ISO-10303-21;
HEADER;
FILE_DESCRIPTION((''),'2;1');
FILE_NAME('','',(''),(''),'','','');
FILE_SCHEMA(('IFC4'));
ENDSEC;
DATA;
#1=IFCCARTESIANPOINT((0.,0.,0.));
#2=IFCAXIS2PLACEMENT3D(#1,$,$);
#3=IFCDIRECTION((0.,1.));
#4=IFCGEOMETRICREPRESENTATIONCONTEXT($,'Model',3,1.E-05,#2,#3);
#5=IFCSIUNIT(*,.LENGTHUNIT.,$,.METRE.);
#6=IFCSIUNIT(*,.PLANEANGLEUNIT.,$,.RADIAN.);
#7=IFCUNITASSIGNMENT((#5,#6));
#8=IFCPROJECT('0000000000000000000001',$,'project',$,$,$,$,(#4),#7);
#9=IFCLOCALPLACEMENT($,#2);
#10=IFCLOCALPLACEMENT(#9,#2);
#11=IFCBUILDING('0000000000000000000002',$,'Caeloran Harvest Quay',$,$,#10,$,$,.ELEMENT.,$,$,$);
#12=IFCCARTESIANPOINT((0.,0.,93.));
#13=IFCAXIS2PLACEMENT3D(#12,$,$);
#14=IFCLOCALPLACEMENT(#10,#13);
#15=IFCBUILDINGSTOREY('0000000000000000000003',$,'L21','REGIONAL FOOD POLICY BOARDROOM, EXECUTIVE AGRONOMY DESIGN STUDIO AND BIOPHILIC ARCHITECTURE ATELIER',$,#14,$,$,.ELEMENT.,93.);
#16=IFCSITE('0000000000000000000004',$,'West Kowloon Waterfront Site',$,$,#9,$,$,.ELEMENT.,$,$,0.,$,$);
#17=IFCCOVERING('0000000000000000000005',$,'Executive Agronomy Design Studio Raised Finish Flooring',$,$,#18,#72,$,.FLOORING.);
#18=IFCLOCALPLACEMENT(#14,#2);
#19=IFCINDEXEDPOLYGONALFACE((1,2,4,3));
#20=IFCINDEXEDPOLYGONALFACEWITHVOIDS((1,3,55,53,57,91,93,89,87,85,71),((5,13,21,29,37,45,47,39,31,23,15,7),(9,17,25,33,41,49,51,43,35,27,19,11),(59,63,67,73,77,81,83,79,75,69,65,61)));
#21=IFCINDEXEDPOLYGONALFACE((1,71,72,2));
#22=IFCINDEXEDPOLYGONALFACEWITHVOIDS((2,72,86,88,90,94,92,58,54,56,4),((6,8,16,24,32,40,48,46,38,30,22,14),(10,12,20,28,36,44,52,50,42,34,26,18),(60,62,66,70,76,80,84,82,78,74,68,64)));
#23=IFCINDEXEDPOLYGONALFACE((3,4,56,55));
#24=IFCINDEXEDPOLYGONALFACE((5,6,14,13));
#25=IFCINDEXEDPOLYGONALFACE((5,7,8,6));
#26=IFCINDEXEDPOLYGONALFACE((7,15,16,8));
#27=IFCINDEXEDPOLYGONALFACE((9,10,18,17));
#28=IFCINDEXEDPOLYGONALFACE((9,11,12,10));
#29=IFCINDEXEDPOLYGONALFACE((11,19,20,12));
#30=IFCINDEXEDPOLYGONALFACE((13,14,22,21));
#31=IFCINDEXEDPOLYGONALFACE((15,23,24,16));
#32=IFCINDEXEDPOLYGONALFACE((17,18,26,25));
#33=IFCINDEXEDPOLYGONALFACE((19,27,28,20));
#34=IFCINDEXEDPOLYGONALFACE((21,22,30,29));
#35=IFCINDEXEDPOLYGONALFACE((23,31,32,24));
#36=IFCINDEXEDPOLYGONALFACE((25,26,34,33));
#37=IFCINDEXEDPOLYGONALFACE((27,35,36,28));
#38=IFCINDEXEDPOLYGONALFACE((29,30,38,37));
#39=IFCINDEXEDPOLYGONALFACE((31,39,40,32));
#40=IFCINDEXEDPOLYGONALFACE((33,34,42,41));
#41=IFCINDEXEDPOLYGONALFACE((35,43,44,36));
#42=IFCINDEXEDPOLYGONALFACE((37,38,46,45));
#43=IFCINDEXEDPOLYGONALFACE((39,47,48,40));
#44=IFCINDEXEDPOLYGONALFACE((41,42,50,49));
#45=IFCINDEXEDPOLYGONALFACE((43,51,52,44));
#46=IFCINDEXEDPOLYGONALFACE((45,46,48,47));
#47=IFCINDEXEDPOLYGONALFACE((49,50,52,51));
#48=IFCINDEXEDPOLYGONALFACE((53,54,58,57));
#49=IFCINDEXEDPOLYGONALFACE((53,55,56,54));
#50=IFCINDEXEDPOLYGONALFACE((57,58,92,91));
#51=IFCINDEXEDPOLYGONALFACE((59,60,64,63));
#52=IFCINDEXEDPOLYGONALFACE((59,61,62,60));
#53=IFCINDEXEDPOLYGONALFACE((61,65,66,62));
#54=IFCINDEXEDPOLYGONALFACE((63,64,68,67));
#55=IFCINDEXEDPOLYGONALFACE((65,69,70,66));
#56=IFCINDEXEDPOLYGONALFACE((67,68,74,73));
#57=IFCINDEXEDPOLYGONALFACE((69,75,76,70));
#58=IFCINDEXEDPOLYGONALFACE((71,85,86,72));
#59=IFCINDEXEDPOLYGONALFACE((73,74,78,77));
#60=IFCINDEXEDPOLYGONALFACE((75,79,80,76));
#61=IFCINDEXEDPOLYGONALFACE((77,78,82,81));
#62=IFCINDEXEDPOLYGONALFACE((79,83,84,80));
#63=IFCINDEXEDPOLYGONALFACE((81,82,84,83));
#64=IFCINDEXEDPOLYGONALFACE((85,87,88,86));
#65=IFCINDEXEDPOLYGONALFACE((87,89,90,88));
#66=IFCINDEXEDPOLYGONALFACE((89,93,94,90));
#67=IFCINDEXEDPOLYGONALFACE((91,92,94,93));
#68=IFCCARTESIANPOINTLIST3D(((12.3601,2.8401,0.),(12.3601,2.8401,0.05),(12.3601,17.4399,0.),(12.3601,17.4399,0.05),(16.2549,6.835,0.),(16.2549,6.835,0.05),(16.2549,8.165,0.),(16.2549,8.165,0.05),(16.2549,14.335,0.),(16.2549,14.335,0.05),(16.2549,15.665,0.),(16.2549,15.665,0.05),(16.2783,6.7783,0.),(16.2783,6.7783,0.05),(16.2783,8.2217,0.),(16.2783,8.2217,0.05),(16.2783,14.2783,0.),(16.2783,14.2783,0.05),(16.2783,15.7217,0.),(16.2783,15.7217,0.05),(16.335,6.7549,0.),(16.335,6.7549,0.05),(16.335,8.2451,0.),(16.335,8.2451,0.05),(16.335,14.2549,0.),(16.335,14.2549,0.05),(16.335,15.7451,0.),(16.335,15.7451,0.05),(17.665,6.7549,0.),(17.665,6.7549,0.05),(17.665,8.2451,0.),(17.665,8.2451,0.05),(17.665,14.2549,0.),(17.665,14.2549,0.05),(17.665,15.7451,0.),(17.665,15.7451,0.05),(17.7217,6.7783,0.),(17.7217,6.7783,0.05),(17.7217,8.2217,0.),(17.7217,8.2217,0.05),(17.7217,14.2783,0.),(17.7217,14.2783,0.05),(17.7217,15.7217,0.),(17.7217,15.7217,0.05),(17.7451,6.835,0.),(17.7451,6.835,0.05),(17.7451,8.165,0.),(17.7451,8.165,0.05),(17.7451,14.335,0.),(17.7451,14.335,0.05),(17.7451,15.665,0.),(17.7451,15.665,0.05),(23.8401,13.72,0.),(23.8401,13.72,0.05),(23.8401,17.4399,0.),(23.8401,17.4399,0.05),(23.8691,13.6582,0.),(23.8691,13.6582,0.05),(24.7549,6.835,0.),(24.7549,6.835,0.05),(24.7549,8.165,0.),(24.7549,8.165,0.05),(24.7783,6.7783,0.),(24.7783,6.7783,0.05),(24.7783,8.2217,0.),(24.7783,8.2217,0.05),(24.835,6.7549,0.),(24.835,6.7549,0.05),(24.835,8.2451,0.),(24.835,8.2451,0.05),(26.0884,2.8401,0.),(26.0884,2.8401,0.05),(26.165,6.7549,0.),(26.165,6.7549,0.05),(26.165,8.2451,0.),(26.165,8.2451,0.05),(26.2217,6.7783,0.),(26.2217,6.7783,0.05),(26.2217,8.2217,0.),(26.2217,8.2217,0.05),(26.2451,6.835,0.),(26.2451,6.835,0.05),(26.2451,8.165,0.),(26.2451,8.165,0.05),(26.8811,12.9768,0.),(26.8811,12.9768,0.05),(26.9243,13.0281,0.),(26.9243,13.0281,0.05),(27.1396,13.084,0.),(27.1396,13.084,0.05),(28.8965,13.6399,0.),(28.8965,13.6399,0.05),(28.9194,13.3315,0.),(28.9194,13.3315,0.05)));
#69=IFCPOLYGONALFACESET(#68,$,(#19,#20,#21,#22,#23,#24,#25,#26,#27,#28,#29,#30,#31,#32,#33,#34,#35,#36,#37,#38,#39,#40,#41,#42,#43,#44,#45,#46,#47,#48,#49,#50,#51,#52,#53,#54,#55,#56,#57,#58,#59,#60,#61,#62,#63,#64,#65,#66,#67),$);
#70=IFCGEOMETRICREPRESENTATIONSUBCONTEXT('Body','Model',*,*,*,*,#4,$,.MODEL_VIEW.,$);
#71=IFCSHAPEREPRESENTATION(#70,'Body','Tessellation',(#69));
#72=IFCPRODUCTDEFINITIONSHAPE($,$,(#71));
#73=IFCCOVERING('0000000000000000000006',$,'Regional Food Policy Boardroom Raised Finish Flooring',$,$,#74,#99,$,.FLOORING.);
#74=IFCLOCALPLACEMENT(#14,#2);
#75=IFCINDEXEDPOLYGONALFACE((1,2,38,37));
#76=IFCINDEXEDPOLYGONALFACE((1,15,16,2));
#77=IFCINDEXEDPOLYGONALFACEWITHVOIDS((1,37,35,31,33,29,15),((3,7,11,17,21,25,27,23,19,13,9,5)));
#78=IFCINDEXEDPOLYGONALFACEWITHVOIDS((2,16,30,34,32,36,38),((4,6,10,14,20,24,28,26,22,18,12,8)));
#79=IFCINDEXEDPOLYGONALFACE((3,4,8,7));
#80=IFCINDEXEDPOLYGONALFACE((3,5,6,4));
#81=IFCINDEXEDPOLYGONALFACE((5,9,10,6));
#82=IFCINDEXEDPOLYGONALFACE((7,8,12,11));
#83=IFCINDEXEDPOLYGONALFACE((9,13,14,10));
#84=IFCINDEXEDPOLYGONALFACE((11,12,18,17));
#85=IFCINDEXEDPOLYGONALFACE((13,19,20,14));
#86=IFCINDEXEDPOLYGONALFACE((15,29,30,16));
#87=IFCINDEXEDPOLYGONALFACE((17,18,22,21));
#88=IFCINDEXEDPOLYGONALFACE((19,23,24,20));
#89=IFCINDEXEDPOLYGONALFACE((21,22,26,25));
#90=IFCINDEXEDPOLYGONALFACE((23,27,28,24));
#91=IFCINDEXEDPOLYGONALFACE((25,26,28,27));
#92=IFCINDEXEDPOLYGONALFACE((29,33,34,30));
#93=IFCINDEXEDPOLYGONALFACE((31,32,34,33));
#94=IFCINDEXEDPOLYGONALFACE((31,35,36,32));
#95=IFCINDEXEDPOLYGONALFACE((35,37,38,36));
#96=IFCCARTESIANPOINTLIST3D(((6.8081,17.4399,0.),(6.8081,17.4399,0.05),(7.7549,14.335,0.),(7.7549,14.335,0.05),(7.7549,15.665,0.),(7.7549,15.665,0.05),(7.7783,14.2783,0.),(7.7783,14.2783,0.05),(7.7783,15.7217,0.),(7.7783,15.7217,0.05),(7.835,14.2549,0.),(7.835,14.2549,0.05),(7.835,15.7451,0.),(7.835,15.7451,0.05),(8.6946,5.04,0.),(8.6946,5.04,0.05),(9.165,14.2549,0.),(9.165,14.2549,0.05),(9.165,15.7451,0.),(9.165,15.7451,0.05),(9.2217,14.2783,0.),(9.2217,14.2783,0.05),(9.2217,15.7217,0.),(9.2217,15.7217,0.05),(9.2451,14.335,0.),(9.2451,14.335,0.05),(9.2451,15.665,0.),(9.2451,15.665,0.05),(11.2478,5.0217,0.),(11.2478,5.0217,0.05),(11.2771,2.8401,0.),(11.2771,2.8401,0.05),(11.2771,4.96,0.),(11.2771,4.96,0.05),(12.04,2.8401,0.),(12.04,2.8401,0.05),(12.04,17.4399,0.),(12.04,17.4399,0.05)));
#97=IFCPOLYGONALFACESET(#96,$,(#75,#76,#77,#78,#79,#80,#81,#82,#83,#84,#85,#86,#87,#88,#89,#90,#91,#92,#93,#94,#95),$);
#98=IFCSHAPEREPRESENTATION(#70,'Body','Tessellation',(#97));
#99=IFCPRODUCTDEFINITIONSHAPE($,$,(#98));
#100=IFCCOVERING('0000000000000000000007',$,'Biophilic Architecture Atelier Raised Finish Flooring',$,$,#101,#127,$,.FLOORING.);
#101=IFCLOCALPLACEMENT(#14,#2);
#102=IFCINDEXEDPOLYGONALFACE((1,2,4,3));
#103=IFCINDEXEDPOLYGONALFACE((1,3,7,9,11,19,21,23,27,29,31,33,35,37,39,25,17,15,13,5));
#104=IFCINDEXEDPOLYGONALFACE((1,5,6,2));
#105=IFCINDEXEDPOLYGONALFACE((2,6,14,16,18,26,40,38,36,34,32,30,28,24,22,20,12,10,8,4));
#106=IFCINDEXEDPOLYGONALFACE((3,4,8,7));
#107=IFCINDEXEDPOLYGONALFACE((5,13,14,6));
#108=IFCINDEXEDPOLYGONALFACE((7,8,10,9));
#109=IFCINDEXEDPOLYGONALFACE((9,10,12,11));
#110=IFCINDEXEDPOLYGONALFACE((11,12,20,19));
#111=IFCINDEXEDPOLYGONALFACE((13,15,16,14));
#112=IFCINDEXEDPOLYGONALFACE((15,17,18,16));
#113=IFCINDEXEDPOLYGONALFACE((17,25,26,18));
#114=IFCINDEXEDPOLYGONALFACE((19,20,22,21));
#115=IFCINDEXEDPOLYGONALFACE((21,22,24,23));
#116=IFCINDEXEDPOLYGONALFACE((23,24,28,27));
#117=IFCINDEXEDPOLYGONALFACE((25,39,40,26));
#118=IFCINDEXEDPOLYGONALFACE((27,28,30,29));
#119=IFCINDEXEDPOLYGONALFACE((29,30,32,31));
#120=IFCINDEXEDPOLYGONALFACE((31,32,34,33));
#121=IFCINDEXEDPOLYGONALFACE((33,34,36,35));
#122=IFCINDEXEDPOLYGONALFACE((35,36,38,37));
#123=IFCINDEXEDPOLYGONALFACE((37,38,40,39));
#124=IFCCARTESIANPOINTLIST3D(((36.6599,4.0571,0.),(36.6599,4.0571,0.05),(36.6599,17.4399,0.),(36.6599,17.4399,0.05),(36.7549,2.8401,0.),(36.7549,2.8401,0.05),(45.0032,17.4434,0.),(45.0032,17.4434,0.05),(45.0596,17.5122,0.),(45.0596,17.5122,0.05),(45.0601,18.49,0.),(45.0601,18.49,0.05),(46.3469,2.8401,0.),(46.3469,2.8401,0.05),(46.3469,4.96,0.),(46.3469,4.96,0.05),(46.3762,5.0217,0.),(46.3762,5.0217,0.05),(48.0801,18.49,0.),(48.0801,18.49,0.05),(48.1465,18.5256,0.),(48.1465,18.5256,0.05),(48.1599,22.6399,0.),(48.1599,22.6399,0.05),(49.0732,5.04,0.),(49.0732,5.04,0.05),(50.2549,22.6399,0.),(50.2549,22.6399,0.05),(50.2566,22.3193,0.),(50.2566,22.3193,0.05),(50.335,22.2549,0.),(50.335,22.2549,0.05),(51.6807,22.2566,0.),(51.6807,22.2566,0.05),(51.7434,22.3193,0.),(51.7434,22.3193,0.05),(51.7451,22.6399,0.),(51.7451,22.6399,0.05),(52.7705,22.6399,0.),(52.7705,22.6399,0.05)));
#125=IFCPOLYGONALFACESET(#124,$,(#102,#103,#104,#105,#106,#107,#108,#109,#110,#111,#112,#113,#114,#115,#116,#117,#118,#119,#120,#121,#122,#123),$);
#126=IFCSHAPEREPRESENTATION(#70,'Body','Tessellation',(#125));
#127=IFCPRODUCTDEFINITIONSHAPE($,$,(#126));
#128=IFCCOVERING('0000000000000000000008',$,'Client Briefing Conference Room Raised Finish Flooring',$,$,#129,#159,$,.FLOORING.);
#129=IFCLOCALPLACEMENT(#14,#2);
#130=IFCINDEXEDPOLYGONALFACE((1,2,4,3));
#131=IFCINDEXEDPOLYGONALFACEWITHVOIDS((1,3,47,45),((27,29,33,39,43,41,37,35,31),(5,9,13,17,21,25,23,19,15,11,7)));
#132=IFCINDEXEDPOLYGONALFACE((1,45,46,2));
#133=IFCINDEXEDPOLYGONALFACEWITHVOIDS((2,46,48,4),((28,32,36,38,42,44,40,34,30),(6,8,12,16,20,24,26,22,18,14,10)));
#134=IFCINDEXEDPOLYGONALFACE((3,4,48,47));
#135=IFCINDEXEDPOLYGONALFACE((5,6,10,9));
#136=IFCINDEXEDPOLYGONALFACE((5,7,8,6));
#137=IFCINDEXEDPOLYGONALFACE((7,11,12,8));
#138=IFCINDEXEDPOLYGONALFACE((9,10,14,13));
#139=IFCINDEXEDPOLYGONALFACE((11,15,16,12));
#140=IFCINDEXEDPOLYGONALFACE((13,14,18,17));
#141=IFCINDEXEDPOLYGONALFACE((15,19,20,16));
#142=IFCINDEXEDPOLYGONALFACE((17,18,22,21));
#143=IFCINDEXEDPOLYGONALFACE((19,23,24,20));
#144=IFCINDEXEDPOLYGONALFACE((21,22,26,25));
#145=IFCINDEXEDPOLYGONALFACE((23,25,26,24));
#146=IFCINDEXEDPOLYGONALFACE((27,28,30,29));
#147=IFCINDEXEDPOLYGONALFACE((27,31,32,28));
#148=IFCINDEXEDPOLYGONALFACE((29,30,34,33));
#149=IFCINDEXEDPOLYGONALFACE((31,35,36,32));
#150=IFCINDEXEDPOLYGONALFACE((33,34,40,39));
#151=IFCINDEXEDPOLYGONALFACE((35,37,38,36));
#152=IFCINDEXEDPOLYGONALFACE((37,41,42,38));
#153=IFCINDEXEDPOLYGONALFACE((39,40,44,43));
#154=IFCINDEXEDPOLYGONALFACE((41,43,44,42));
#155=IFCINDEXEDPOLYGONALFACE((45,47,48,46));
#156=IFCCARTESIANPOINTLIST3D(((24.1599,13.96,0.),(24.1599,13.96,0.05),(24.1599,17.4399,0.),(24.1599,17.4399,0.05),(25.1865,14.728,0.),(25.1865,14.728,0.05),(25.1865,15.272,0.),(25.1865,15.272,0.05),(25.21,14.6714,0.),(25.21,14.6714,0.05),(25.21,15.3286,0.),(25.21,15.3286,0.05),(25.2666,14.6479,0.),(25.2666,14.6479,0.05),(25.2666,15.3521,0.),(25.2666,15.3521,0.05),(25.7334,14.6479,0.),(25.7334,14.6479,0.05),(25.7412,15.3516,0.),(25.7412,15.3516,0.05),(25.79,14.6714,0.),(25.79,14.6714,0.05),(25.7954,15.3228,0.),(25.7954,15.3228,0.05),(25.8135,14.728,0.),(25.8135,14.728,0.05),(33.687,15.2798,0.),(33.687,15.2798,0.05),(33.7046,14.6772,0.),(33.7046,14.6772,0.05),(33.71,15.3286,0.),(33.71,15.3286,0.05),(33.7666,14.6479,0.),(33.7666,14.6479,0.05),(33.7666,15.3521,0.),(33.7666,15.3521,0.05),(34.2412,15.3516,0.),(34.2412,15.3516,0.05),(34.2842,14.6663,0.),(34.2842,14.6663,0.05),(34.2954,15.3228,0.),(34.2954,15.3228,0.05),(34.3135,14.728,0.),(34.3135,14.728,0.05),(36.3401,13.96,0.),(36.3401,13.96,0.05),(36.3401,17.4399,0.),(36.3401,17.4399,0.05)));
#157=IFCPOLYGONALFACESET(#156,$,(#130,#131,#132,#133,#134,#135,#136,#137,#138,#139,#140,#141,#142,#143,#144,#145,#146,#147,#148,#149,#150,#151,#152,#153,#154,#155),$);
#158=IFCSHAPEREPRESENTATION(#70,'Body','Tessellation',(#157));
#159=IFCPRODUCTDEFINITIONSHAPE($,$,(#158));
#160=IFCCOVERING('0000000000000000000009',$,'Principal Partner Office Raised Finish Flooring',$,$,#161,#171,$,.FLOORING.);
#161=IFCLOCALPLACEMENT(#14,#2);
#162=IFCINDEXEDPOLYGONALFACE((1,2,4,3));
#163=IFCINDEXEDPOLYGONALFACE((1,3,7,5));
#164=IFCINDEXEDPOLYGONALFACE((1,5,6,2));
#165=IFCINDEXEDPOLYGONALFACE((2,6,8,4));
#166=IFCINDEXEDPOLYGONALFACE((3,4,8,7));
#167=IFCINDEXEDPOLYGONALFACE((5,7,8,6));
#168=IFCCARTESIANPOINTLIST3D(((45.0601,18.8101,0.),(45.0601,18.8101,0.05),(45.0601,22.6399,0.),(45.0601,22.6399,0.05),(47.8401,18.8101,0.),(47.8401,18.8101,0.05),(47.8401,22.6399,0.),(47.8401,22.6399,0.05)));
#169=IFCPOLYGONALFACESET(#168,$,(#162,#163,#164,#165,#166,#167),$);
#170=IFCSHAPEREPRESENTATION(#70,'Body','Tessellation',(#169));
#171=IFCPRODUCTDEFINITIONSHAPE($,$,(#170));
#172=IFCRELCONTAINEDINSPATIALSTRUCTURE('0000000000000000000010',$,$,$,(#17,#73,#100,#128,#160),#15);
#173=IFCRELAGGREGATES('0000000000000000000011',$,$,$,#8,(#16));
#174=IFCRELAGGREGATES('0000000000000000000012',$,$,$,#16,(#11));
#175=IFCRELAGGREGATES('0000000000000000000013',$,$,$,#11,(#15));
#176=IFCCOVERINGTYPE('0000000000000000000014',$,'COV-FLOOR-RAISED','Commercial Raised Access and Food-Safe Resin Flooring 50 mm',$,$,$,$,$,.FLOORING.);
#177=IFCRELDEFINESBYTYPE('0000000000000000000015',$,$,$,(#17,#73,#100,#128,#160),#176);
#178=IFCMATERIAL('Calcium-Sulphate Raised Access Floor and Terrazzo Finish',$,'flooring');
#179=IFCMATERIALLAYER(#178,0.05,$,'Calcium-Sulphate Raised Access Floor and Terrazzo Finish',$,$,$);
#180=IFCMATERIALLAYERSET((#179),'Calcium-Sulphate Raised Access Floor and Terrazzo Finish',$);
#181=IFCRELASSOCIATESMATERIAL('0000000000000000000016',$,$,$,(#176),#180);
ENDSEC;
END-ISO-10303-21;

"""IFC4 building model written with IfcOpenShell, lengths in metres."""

from ifc_helpers import new_model, si_unit, direction, frame, origin, place, context, subcontext, project, spatial, polyline, outline, extrude, material, layer, layer_set, type_object, element, save


model = new_model("IFC4")

# Units and contexts
model_context = context("Model", 3, precision=1e-05, world=origin(), true_north=direction((0.0, 1.0)))
body_context = subcontext(model_context, "Body", "Model", "MODEL_VIEW")
ifc_project = project(units=[si_unit("LENGTHUNIT", "METRE"), si_unit("PLANEANGLEUNIT", "RADIAN")], contexts=[model_context])

# Site, building, storey
site_placement = place(None, origin())
site = spatial("IfcSite", under=ifc_project, at=site_placement, Name="West Kowloon Waterfront Site", CompositionType="ELEMENT", RefElevation=0.0)
building_placement = place(site_placement, origin())
building = spatial("IfcBuilding", under=site, at=building_placement, Name="Caeloran Harvest Quay", CompositionType="ELEMENT")
storey_placement = place(building_placement, frame((0.0, 0.0, 93.0)))
storey = spatial("IfcBuildingStorey", under=building, at=storey_placement, Name="L21", Description="REGIONAL FOOD POLICY BOARDROOM, EXECUTIVE AGRONOMY DESIGN STUDIO AND BIOPHILIC ARCHITECTURE ATELIER", CompositionType="ELEMENT", Elevation=93.0)

# Coverings
ifc_material_1 = material(Name="Calcium-Sulphate Raised Access Floor and Terrazzo Finish", Category="flooring")
ifc_layer_1 = layer(ifc_material_1, 0.05, Name="Calcium-Sulphate Raised Access Floor and Terrazzo Finish")
ifc_layer_set_1 = layer_set([ifc_layer_1], Name="Calcium-Sulphate Raised Access Floor and Terrazzo Finish")
covering_type_1 = type_object("IfcCoveringType", Name="COV-FLOOR-RAISED", Description="Commercial Raised Access and Food-Safe Resin Flooring 50 mm", PredefinedType="FLOORING", material=ifc_layer_set_1)
covering_1_placement = place(storey_placement, origin())
element("IfcCovering", 1, at=covering_1_placement, inside=storey, type_object=covering_type_1, Name="Executive Agronomy Design Studio Raised Finish Flooring", PredefinedType="FLOORING", context=body_context, shape_type="SweptSolid", body=[
    extrude(outline(polyline([(23.8401, 17.4399), (23.8401, 13.72), (23.8691, 13.6582), (28.8965, 13.6399), (28.9194, 13.3315), (27.1396, 13.084), (26.9243, 13.0281), (26.8811, 12.9768), (26.0884, 2.8401), (12.3601, 2.8401), (12.3601, 17.4399), (23.8401, 17.4399)]), holes=[polyline([(26.2451, 8.165), (26.2217, 8.2217), (26.165, 8.2451), (24.835, 8.2451), (24.7783, 8.2217), (24.7549, 8.165), (24.7549, 6.835), (24.7783, 6.7783), (24.835, 6.7549), (26.165, 6.7549), (26.2217, 6.7783), (26.2451, 6.835), (26.2451, 8.165)]), polyline([(16.335, 8.2451), (16.2783, 8.2217), (16.2549, 8.165), (16.2549, 6.835), (16.2783, 6.7783), (16.335, 6.7549), (17.665, 6.7549), (17.7217, 6.7783), (17.7451, 6.835), (17.7451, 8.165), (17.7217, 8.2217), (17.665, 8.2451), (16.335, 8.2451)]), polyline([(17.7451, 15.665), (17.7217, 15.7217), (17.665, 15.7451), (16.335, 15.7451), (16.2783, 15.7217), (16.2549, 15.665), (16.2549, 14.335), (16.2783, 14.2783), (16.335, 14.2549), (17.665, 14.2549), (17.7217, 14.2783), (17.7451, 14.335), (17.7451, 15.665)])]), origin(), (0.0, 0.0, 1.0), 0.05),
])
covering_2_placement = place(storey_placement, origin())
element("IfcCovering", 2, at=covering_2_placement, inside=storey, type_object=covering_type_1, Name="Regional Food Policy Boardroom Raised Finish Flooring", PredefinedType="FLOORING", context=body_context, shape_type="SweptSolid", body=[
    extrude(outline(polyline([(12.04, 17.4399), (12.04, 2.8401), (11.2771, 2.8401), (11.2771, 4.96), (11.2478, 5.0217), (8.6946, 5.04), (6.8081, 17.4399), (12.04, 17.4399)]), holes=[polyline([(9.2451, 15.665), (9.2217, 15.7217), (9.165, 15.7451), (7.835, 15.7451), (7.7783, 15.7217), (7.7549, 15.665), (7.7549, 14.335), (7.7783, 14.2783), (7.835, 14.2549), (9.165, 14.2549), (9.2217, 14.2783), (9.2451, 14.335), (9.2451, 15.665)])]), origin(), (0.0, 0.0, 1.0), 0.05),
])
covering_3_placement = place(storey_placement, origin())
element("IfcCovering", 3, at=covering_3_placement, inside=storey, type_object=covering_type_1, Name="Biophilic Architecture Atelier Raised Finish Flooring", PredefinedType="FLOORING", context=body_context, shape_type="SweptSolid", body=[
    extrude(outline(polyline([(36.6599, 17.4399), (45.0032, 17.4434), (45.0596, 17.5122), (45.0601, 18.49), (48.0801, 18.49), (48.1465, 18.5256), (48.1599, 22.6399), (50.2549, 22.6399), (50.2566, 22.3193), (50.335, 22.2549), (51.6807, 22.2566), (51.7434, 22.3193), (51.7451, 22.6399), (52.7705, 22.6399), (49.0732, 5.04), (46.3762, 5.0217), (46.3469, 4.96), (46.3469, 2.8401), (36.7549, 2.8401), (36.6599, 4.0571), (36.6599, 17.4399)])), origin(), (0.0, 0.0, 1.0), 0.05),
])
covering_4_placement = place(storey_placement, origin())
element("IfcCovering", 4, at=covering_4_placement, inside=storey, type_object=covering_type_1, Name="Client Briefing Conference Room Raised Finish Flooring", PredefinedType="FLOORING", context=body_context, shape_type="SweptSolid", body=[
    extrude(outline(polyline([(24.1599, 17.4399), (36.3401, 17.4399), (36.3401, 13.96), (24.1599, 13.96), (24.1599, 17.4399)]), holes=[polyline([(33.7666, 15.3521), (33.71, 15.3286), (33.687, 15.2798), (33.7046, 14.6772), (33.7666, 14.6479), (34.2842, 14.6663), (34.3135, 14.728), (34.2954, 15.3228), (34.2412, 15.3516), (33.7666, 15.3521)]), polyline([(25.8135, 14.728), (25.7954, 15.3228), (25.7412, 15.3516), (25.2666, 15.3521), (25.21, 15.3286), (25.1865, 15.272), (25.1865, 14.728), (25.21, 14.6714), (25.2666, 14.6479), (25.7334, 14.6479), (25.79, 14.6714), (25.8135, 14.728)])]), origin(), (0.0, 0.0, 1.0), 0.05),
])
covering_5_placement = place(storey_placement, origin())
element("IfcCovering", 5, at=covering_5_placement, inside=storey, type_object=covering_type_1, Name="Principal Partner Office Raised Finish Flooring", PredefinedType="FLOORING", context=body_context, shape_type="SweptSolid", body=[
    extrude(outline(polyline([(45.0601, 18.8101), (45.0601, 22.6399), (47.8401, 22.6399), (47.8401, 18.8101), (45.0601, 18.8101)])), origin(), (0.0, 0.0, 1.0), 0.05),
])

save(model, "model.ifc")
